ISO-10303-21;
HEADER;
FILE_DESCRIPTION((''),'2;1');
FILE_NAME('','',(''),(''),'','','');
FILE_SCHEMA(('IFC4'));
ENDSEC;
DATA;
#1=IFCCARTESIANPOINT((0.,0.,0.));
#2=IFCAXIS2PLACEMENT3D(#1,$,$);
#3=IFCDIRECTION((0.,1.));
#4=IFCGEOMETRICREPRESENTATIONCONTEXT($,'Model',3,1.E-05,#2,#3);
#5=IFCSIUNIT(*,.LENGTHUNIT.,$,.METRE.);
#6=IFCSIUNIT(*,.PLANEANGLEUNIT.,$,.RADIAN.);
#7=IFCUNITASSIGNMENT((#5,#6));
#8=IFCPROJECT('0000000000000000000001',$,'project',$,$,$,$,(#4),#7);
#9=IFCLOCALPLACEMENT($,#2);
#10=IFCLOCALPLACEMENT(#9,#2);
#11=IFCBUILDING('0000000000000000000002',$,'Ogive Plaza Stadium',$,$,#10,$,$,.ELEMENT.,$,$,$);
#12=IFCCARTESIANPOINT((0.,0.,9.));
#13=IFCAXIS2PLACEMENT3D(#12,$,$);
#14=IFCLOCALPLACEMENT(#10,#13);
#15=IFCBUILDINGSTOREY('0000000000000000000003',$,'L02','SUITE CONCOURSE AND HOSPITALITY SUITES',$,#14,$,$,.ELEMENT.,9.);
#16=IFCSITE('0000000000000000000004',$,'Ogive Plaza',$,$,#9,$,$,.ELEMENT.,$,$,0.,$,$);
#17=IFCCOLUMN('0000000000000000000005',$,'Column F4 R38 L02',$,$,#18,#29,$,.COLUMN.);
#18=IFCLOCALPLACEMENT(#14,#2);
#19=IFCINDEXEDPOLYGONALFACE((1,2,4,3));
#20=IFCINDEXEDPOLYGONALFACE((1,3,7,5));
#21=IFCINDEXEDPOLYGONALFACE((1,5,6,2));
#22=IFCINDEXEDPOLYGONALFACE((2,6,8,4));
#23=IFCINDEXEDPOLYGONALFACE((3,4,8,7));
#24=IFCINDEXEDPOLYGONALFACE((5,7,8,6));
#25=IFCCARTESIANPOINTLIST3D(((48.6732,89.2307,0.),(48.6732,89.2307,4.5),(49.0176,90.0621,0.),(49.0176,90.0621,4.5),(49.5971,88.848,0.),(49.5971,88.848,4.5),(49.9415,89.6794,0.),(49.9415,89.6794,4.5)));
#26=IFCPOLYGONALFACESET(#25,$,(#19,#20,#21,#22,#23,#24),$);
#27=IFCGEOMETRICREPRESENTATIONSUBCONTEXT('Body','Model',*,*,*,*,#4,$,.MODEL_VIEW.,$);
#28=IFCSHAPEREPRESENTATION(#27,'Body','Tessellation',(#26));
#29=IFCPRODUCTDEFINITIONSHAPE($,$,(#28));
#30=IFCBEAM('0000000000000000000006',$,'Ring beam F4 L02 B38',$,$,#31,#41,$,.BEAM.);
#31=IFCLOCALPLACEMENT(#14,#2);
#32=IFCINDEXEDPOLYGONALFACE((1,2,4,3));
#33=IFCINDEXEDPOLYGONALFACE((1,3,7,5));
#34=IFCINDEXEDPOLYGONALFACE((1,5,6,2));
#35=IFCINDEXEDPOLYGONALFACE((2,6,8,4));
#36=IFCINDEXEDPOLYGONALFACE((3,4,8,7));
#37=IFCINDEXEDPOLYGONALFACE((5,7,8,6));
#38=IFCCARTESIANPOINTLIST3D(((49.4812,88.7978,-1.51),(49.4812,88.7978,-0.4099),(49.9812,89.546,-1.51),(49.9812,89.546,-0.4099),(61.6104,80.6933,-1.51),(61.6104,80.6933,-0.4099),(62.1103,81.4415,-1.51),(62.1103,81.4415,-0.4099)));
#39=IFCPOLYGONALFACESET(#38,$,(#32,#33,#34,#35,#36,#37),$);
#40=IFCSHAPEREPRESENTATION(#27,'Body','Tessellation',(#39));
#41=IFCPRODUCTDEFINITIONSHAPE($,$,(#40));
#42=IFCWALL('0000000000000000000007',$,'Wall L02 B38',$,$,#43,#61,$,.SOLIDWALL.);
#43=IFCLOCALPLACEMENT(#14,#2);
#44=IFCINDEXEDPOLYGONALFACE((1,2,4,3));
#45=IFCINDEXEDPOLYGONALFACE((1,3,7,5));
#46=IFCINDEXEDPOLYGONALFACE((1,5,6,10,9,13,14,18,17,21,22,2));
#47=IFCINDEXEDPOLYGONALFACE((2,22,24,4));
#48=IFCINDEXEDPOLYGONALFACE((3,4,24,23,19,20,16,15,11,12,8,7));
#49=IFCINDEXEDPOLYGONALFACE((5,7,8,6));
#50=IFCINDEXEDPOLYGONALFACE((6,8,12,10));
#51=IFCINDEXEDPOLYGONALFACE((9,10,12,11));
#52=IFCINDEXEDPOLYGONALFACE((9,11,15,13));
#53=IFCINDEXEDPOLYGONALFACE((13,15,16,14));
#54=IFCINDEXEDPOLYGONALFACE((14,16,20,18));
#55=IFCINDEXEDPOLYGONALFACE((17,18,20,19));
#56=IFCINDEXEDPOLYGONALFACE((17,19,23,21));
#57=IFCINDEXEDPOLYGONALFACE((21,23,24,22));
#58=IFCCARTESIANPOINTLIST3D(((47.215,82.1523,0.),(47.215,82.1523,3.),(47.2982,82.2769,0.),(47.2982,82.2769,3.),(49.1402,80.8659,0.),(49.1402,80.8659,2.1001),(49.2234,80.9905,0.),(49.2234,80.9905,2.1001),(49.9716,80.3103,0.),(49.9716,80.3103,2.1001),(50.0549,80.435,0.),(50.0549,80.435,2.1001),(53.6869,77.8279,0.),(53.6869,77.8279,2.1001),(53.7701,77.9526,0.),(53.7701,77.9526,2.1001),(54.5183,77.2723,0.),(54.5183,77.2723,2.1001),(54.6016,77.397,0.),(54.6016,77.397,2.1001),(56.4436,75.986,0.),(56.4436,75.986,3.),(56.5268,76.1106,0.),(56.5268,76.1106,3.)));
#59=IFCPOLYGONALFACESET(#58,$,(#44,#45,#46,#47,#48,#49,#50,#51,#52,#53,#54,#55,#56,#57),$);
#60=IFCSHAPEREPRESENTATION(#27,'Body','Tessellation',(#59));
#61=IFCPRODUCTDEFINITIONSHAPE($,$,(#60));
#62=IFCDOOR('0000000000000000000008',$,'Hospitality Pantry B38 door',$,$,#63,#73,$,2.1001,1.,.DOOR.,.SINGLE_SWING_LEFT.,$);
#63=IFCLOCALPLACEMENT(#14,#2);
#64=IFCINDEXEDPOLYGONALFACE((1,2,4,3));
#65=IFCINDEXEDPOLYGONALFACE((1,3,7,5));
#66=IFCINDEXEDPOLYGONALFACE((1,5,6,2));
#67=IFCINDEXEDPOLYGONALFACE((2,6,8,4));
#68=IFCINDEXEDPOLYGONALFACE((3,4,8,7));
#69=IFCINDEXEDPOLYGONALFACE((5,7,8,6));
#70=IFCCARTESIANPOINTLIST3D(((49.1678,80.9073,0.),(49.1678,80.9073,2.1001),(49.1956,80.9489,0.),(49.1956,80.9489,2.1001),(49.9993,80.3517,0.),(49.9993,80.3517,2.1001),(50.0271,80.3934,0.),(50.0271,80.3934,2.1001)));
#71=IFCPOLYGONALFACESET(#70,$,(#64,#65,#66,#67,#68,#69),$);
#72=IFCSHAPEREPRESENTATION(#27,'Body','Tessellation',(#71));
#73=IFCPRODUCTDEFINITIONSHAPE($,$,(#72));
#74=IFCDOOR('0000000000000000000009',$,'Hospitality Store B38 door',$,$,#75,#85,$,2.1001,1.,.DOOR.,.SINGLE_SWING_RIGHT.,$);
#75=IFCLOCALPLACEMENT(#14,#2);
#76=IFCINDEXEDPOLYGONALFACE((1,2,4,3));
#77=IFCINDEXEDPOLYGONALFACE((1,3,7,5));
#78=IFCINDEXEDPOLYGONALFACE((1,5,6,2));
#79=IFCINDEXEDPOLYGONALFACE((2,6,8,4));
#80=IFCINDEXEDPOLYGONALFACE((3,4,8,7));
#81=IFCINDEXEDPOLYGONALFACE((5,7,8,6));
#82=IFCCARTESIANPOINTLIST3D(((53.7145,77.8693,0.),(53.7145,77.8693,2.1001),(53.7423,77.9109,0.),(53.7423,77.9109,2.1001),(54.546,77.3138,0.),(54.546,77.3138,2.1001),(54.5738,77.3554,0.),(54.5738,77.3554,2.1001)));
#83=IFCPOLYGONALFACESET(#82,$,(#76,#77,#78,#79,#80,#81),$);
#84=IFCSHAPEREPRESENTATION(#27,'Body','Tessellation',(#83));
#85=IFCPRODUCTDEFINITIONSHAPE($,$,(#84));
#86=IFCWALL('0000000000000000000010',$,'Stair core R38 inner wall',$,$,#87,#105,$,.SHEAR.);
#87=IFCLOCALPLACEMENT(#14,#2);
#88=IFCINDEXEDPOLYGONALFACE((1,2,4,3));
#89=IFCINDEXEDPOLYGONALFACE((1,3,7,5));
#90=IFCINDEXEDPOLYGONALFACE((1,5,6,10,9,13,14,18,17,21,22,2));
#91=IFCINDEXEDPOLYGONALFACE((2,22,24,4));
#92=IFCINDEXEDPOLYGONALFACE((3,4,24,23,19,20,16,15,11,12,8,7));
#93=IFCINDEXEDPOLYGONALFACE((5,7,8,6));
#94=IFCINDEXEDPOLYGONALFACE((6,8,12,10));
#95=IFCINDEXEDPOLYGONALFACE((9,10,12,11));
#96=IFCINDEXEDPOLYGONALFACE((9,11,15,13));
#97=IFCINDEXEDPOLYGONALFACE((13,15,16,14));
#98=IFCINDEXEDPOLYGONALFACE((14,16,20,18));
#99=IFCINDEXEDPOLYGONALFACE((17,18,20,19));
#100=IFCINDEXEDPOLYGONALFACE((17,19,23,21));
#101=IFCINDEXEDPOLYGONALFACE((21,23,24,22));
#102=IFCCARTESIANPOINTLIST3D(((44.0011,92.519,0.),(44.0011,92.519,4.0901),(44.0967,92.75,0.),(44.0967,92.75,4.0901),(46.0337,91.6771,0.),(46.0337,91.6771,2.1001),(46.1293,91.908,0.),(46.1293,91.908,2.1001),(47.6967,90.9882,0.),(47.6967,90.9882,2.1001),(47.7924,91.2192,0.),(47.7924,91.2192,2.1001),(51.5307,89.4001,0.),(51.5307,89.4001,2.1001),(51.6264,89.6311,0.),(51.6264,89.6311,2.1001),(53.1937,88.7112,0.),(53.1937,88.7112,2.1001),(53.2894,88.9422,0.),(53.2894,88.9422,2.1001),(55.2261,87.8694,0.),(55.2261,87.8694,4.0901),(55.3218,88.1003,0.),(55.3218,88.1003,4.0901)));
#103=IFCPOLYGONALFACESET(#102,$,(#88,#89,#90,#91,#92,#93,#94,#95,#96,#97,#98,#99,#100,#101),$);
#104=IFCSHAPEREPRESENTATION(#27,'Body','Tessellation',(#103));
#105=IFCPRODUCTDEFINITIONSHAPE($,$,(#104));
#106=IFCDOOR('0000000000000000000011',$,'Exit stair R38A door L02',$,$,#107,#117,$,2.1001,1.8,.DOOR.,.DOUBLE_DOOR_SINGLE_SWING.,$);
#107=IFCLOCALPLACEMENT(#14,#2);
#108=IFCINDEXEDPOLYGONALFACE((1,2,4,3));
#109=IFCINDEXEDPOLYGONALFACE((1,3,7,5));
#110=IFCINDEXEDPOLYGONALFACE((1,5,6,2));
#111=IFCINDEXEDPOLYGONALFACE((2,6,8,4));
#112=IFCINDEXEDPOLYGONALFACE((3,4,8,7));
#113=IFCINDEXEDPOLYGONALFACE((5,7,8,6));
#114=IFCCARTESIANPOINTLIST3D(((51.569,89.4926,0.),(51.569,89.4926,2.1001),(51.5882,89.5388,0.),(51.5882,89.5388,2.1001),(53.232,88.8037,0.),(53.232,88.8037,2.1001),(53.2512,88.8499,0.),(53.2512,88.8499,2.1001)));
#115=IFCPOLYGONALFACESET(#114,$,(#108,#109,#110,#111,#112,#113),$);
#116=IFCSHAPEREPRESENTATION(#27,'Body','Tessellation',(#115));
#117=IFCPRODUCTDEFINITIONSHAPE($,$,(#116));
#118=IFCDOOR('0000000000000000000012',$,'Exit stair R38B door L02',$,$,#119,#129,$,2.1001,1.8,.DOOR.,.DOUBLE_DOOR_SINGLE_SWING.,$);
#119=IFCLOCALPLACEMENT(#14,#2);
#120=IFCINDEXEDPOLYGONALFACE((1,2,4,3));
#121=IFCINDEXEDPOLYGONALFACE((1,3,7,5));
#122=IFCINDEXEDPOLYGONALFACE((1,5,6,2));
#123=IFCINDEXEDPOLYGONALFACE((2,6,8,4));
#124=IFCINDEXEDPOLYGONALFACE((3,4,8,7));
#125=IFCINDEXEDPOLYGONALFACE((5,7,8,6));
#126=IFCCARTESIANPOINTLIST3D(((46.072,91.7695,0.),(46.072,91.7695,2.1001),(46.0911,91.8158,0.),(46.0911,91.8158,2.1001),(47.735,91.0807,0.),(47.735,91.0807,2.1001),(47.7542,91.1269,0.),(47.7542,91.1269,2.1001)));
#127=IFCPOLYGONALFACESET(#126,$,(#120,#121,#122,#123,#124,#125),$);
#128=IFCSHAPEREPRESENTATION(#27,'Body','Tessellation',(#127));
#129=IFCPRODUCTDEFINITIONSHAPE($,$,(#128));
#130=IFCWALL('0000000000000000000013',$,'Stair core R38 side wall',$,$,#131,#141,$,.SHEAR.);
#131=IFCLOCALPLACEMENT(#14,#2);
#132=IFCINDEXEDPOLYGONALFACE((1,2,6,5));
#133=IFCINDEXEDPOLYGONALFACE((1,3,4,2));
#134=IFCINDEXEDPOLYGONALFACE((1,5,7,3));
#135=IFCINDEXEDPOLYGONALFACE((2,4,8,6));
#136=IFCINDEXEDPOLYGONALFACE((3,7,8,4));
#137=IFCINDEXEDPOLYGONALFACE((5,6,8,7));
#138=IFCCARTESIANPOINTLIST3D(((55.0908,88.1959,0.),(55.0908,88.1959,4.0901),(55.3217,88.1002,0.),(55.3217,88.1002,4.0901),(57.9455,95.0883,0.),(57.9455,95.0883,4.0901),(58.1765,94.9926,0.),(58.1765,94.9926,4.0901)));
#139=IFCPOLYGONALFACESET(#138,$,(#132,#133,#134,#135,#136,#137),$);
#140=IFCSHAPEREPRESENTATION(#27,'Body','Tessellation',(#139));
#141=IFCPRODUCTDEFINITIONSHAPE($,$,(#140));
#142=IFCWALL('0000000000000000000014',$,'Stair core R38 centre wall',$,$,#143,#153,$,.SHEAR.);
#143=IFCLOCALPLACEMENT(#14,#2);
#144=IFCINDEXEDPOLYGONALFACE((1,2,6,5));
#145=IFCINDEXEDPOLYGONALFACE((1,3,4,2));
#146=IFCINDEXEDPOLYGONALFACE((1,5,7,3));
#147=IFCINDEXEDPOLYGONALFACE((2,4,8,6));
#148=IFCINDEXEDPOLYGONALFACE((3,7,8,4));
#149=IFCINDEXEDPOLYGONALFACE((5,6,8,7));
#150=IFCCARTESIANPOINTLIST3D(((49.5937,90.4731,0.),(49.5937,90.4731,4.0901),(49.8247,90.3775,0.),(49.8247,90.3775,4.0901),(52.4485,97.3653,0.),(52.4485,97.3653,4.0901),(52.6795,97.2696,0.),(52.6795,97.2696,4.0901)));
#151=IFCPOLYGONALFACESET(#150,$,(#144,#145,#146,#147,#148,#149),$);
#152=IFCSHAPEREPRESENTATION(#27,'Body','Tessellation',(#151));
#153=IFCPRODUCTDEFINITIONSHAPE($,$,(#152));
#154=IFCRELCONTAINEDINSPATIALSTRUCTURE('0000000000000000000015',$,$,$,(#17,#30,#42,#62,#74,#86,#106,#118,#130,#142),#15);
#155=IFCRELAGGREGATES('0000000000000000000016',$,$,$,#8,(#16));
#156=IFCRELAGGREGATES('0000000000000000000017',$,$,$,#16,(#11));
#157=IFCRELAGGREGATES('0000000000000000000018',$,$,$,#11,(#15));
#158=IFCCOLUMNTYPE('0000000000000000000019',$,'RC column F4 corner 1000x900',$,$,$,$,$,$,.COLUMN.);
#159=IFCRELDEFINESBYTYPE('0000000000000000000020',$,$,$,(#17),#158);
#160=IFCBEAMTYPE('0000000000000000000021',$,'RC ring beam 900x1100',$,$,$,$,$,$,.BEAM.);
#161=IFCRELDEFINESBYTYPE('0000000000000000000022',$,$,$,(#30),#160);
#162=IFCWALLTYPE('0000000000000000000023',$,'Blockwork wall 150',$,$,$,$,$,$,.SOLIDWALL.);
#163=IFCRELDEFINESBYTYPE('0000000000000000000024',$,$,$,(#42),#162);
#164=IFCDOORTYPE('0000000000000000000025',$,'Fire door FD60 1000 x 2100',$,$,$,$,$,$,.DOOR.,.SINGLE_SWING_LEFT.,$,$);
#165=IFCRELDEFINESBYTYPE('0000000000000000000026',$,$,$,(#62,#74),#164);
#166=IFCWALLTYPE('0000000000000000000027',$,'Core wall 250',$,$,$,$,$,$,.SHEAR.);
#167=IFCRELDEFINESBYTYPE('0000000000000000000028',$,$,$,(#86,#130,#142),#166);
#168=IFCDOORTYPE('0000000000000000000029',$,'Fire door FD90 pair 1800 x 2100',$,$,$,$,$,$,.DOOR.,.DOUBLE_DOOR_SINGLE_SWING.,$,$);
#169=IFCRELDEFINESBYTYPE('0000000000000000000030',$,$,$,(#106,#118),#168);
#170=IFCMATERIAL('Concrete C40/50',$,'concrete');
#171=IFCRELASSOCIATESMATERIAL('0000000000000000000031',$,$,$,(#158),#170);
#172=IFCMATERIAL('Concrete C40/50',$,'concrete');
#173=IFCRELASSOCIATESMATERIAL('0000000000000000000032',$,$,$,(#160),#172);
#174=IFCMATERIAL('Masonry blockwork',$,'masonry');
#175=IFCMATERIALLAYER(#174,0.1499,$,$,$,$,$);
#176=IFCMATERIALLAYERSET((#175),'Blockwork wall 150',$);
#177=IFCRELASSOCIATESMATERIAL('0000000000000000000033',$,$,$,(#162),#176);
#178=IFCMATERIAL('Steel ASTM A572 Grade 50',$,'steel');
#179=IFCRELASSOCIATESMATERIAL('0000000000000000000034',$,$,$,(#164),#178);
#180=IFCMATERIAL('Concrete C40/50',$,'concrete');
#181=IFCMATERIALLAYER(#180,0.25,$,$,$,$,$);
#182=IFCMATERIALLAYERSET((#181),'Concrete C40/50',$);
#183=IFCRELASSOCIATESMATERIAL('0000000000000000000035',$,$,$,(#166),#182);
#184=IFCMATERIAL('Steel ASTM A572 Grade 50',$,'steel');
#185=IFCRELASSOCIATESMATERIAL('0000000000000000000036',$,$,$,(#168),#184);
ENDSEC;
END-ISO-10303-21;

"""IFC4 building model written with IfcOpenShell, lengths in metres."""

from ifc_helpers import new_model, si_unit, direction, frame, frame_2d, origin, origin_2d, place, context, subcontext, project, spatial, rectangle, extrude, material, layer, layer_set, material_profile, profile_set, type_object, element, fill, save


model = new_model("IFC4")

# Units and contexts
model_context = context("Model", 3, precision=1e-05, world=origin(), true_north=direction((0.0, 1.0)))
body_context = subcontext(model_context, "Body", "Model", "MODEL_VIEW")
ifc_project = project(units=[si_unit("LENGTHUNIT", "METRE"), si_unit("PLANEANGLEUNIT", "RADIAN")], contexts=[model_context])

# Site, building, storey
site_placement = place(None, origin())
site = spatial("IfcSite", under=ifc_project, at=site_placement, Name="Ogive Plaza", CompositionType="ELEMENT", RefElevation=0.0)
building_placement = place(site_placement, origin())
building = spatial("IfcBuilding", under=site, at=building_placement, Name="Ogive Plaza Stadium", CompositionType="ELEMENT")
storey_placement = place(building_placement, frame((0.0, 0.0, 9.0)))
storey = spatial("IfcBuildingStorey", under=building, at=storey_placement, Name="L02", Description="SUITE CONCOURSE AND HOSPITALITY SUITES", CompositionType="ELEMENT", Elevation=9.0)

# Column
ifc_material_1 = material(Name="Concrete C40/50", Category="concrete")
ifc_material_profile_1 = material_profile(ifc_material_1, rectangle(XDim=1.0, YDim=0.8999, at=origin_2d()), Name="RC 1000x900")
ifc_profile_set_1 = profile_set([ifc_material_profile_1], Name="Concrete C40/50")
column_type = type_object("IfcColumnType", Name="RC column F4 corner 1000x900", PredefinedType="COLUMN", material=ifc_profile_set_1)
column_placement = place(storey_placement, frame((49.3074, 89.4551, 0.0), z_axis=(0.0, 0.0, 1.0), x_axis=(-0.92388, 0.382683, 0.0)))
element("IfcColumn", 1, at=column_placement, inside=storey, type_object=column_type, Name="Column F4 R38 L02", PredefinedType="COLUMN", context=body_context, shape_type="SweptSolid", body=[
    extrude(rectangle(XDim=1.0, YDim=0.8999, at=origin_2d()), origin(), (0.0, 0.0, 1.0), 4.5),
])

# Beam
ifc_material_2 = material(Name="Concrete C40/50", Category="concrete")
ifc_material_profile_2 = material_profile(ifc_material_2, rectangle(XDim=0.8999, YDim=1.1001, at=origin_2d()), Name="RC 900x1100")
ifc_profile_set_2 = profile_set([ifc_material_profile_2], Name="Concrete C40/50")
beam_type = type_object("IfcBeamType", Name="RC ring beam 900x1100", PredefinedType="BEAM", material=ifc_profile_set_2)
beam_placement = place(storey_placement, frame((49.7312, 89.1719, -0.96), z_axis=(0.831468, -0.555573, 0.0), x_axis=(0.555573, 0.831468, 0.0)))
element("IfcBeam", 2, at=beam_placement, inside=storey, type_object=beam_type, Name="Ring beam F4 L02 B38", PredefinedType="BEAM", context=body_context, shape_type="SweptSolid", body=[
    extrude(rectangle(XDim=0.8999, YDim=1.1001, at=origin_2d()), origin(), (0.0, 0.0, 1.0), 14.5876),
])

# Walls, openings, doors
ifc_material_3 = material(Name="Masonry blockwork", Category="masonry")
ifc_layer_1 = layer(ifc_material_3, 0.1499)
ifc_layer_set_1 = layer_set([ifc_layer_1], Name="Blockwork wall 150")
wall_type_1 = type_object("IfcWallType", Name="Blockwork wall 150", PredefinedType="SOLIDWALL", material=ifc_layer_set_1)
wall_1_placement = place(storey_placement, frame((47.2566, 82.2146, 0.0), z_axis=(0.0, 0.0, 1.0), x_axis=(0.831471, -0.555568, 0.0)))
wall_1 = element("IfcWall", 3, at=wall_1_placement, inside=storey, type_object=wall_type_1, Name="Wall L02 B38", PredefinedType="SOLIDWALL", context=body_context, shape_type="SweptSolid", body=[
    extrude(rectangle(XDim=11.0991, YDim=0.1499, at=frame_2d((5.5496, 0.0))), origin(), (0.0, 0.0, 1.0), 3.0),
])
opening_1_placement = place(wall_1_placement, frame((2.3154, 0.0, 0.0)))
opening_1 = element("IfcOpeningElement", 4, at=opening_1_placement, cuts=wall_1, PredefinedType="OPENING", context=body_context, shape_type="SweptSolid", body=[
    extrude(rectangle(XDim=1.0, YDim=2.1001, at=frame_2d((0.5, 1.05))), frame((0.0, 0.075, 0.0), z_axis=(0.0, -1.0, 0.0), x_axis=(1.0, 0.0, 0.0)), (0.0, 0.0, 1.0), 0.1499),
])
opening_2_placement = place(wall_1_placement, frame((7.7837, 0.0, 0.0)))
opening_2 = element("IfcOpeningElement", 5, at=opening_2_placement, cuts=wall_1, PredefinedType="OPENING", context=body_context, shape_type="SweptSolid", body=[
    extrude(rectangle(XDim=1.0, YDim=2.1001, at=frame_2d((0.5, 1.05))), frame((0.0, 0.075, 0.0), z_axis=(0.0, -1.0, 0.0), x_axis=(1.0, 0.0, 0.0)), (0.0, 0.0, 1.0), 0.1499),
])
ifc_material_4 = material(Name="Steel ASTM A572 Grade 50", Category="steel")
door_type_1 = type_object("IfcDoorType", Name="Fire door FD60 1000 x 2100", OperationType="SINGLE_SWING_LEFT", PredefinedType="DOOR", material=ifc_material_4)
door_1_placement = place(opening_1_placement, origin())
door_1 = element("IfcDoor", 6, at=door_1_placement, inside=storey, type_object=door_type_1, Name="Hospitality Pantry B38 door", OperationType="SINGLE_SWING_LEFT", OverallHeight=2.1001, OverallWidth=1.0, PredefinedType="DOOR", context=body_context, shape_type="SweptSolid", body=[
    extrude(rectangle(XDim=1.0, YDim=2.1001, at=frame_2d((0.5, 1.05))), frame((0.0, 0.0249, 0.0), z_axis=(0.0, -1.0, 0.0), x_axis=(1.0, 0.0, 0.0)), (0.0, 0.0, 1.0), 0.05),
])
fill(opening_1, door_1)
door_2_placement = place(opening_2_placement, origin())
door_2 = element("IfcDoor", 7, at=door_2_placement, inside=storey, type_object=door_type_1, Name="Hospitality Store B38 door", OperationType="SINGLE_SWING_RIGHT", OverallHeight=2.1001, OverallWidth=1.0, PredefinedType="DOOR", context=body_context, shape_type="SweptSolid", body=[
    extrude(rectangle(XDim=1.0, YDim=2.1001, at=frame_2d((0.5, 1.05))), frame((0.0, 0.0249, 0.0), z_axis=(0.0, -1.0, 0.0), x_axis=(1.0, 0.0, 0.0)), (0.0, 0.0, 1.0), 0.05),
])
fill(opening_2, door_2)
ifc_material_5 = material(Name="Concrete C40/50", Category="concrete")
ifc_layer_2 = layer(ifc_material_5, 0.25)
ifc_layer_set_2 = layer_set([ifc_layer_2], Name="Concrete C40/50")
wall_type_2 = type_object("IfcWallType", Name="Core wall 250", PredefinedType="SHEAR", material=ifc_layer_set_2)
wall_2_placement = place(storey_placement, frame((55.2739, 87.9849, 0.0), z_axis=(0.0, 0.0, 1.0), x_axis=(-0.923877, 0.382688, 0.0)))
wall_2 = element("IfcWall", 8, at=wall_2_placement, inside=storey, type_object=wall_type_2, Name="Stair core R38 inner wall", PredefinedType="SHEAR", context=body_context, shape_type="SweptSolid", body=[
    extrude(rectangle(XDim=12.1499, YDim=0.25, at=frame_2d((6.075, 0.0))), origin(), (0.0, 0.0, 1.0), 4.0901),
])
opening_3_placement = place(wall_2_placement, frame((2.2, 0.0, 0.0)))
opening_3 = element("IfcOpeningElement", 9, at=opening_3_placement, cuts=wall_2, PredefinedType="OPENING", context=body_context, shape_type="SweptSolid", body=[
    extrude(rectangle(XDim=1.8, YDim=2.1001, at=frame_2d((0.8999, 1.05))), frame((0.0, 0.125, 0.0), z_axis=(0.0, -1.0, 0.0), x_axis=(1.0, 0.0, 0.0)), (0.0, 0.0, 1.0), 0.25),
])
opening_4_placement = place(wall_2_placement, frame((8.1499, 0.0, 0.0)))
opening_4 = element("IfcOpeningElement", 10, at=opening_4_placement, cuts=wall_2, PredefinedType="OPENING", context=body_context, shape_type="SweptSolid", body=[
    extrude(rectangle(XDim=1.8, YDim=2.1001, at=frame_2d((0.8999, 1.05))), frame((0.0, 0.125, 0.0), z_axis=(0.0, -1.0, 0.0), x_axis=(1.0, 0.0, 0.0)), (0.0, 0.0, 1.0), 0.25),
])
ifc_material_6 = material(Name="Steel ASTM A572 Grade 50", Category="steel")
door_type_2 = type_object("IfcDoorType", Name="Fire door FD90 pair 1800 x 2100", OperationType="DOUBLE_DOOR_SINGLE_SWING", PredefinedType="DOOR", material=ifc_material_6)
door_3_placement = place(opening_3_placement, origin())
door_3 = element("IfcDoor", 11, at=door_3_placement, inside=storey, type_object=door_type_2, Name="Exit stair R38A door L02", OperationType="DOUBLE_DOOR_SINGLE_SWING", OverallHeight=2.1001, OverallWidth=1.8, PredefinedType="DOOR", context=body_context, shape_type="SweptSolid", body=[
    extrude(rectangle(XDim=1.8, YDim=2.1001, at=frame_2d((0.8999, 1.05))), frame((0.0, 0.0249, 0.0), z_axis=(0.0, -1.0, 0.0), x_axis=(1.0, 0.0, 0.0)), (0.0, 0.0, 1.0), 0.05),
])
fill(opening_3, door_3)
door_4_placement = place(opening_4_placement, origin())
door_4 = element("IfcDoor", 12, at=door_4_placement, inside=storey, type_object=door_type_2, Name="Exit stair R38B door L02", OperationType="DOUBLE_DOOR_SINGLE_SWING", OverallHeight=2.1001, OverallWidth=1.8, PredefinedType="DOOR", context=body_context, shape_type="SweptSolid", body=[
    extrude(rectangle(XDim=1.8, YDim=2.1001, at=frame_2d((0.8999, 1.05))), frame((0.0, 0.0249, 0.0), z_axis=(0.0, -1.0, 0.0), x_axis=(1.0, 0.0, 0.0)), (0.0, 0.0, 1.0), 0.05),
])
fill(opening_4, door_4)

# Walls
wall_3_placement = place(storey_placement, frame((55.2063, 88.1482, 0.0), z_axis=(0.0, 0.0, 1.0), x_axis=(0.382665, 0.923887, 0.0)))
element("IfcWall", 13, at=wall_3_placement, inside=storey, type_object=wall_type_2, Name="Stair core R38 side wall", PredefinedType="SHEAR", context=body_context, shape_type="SweptSolid", body=[
    extrude(rectangle(XDim=7.4602, YDim=0.25, at=frame_2d((3.73, 0.0))), origin(), (0.0, 0.0, 1.0), 4.0901),
])
wall_4_placement = place(storey_placement, frame((49.7092, 90.4253, 0.0), z_axis=(0.0, 0.0, 1.0), x_axis=(0.382676, 0.923882, 0.0)))
element("IfcWall", 14, at=wall_4_placement, inside=storey, type_object=wall_type_2, Name="Stair core R38 centre wall", PredefinedType="SHEAR", context=body_context, shape_type="SweptSolid", body=[
    extrude(rectangle(XDim=7.46, YDim=0.25, at=frame_2d((3.73, 0.0))), origin(), (0.0, 0.0, 1.0), 4.0901),
])

save(model, "model.ifc")
